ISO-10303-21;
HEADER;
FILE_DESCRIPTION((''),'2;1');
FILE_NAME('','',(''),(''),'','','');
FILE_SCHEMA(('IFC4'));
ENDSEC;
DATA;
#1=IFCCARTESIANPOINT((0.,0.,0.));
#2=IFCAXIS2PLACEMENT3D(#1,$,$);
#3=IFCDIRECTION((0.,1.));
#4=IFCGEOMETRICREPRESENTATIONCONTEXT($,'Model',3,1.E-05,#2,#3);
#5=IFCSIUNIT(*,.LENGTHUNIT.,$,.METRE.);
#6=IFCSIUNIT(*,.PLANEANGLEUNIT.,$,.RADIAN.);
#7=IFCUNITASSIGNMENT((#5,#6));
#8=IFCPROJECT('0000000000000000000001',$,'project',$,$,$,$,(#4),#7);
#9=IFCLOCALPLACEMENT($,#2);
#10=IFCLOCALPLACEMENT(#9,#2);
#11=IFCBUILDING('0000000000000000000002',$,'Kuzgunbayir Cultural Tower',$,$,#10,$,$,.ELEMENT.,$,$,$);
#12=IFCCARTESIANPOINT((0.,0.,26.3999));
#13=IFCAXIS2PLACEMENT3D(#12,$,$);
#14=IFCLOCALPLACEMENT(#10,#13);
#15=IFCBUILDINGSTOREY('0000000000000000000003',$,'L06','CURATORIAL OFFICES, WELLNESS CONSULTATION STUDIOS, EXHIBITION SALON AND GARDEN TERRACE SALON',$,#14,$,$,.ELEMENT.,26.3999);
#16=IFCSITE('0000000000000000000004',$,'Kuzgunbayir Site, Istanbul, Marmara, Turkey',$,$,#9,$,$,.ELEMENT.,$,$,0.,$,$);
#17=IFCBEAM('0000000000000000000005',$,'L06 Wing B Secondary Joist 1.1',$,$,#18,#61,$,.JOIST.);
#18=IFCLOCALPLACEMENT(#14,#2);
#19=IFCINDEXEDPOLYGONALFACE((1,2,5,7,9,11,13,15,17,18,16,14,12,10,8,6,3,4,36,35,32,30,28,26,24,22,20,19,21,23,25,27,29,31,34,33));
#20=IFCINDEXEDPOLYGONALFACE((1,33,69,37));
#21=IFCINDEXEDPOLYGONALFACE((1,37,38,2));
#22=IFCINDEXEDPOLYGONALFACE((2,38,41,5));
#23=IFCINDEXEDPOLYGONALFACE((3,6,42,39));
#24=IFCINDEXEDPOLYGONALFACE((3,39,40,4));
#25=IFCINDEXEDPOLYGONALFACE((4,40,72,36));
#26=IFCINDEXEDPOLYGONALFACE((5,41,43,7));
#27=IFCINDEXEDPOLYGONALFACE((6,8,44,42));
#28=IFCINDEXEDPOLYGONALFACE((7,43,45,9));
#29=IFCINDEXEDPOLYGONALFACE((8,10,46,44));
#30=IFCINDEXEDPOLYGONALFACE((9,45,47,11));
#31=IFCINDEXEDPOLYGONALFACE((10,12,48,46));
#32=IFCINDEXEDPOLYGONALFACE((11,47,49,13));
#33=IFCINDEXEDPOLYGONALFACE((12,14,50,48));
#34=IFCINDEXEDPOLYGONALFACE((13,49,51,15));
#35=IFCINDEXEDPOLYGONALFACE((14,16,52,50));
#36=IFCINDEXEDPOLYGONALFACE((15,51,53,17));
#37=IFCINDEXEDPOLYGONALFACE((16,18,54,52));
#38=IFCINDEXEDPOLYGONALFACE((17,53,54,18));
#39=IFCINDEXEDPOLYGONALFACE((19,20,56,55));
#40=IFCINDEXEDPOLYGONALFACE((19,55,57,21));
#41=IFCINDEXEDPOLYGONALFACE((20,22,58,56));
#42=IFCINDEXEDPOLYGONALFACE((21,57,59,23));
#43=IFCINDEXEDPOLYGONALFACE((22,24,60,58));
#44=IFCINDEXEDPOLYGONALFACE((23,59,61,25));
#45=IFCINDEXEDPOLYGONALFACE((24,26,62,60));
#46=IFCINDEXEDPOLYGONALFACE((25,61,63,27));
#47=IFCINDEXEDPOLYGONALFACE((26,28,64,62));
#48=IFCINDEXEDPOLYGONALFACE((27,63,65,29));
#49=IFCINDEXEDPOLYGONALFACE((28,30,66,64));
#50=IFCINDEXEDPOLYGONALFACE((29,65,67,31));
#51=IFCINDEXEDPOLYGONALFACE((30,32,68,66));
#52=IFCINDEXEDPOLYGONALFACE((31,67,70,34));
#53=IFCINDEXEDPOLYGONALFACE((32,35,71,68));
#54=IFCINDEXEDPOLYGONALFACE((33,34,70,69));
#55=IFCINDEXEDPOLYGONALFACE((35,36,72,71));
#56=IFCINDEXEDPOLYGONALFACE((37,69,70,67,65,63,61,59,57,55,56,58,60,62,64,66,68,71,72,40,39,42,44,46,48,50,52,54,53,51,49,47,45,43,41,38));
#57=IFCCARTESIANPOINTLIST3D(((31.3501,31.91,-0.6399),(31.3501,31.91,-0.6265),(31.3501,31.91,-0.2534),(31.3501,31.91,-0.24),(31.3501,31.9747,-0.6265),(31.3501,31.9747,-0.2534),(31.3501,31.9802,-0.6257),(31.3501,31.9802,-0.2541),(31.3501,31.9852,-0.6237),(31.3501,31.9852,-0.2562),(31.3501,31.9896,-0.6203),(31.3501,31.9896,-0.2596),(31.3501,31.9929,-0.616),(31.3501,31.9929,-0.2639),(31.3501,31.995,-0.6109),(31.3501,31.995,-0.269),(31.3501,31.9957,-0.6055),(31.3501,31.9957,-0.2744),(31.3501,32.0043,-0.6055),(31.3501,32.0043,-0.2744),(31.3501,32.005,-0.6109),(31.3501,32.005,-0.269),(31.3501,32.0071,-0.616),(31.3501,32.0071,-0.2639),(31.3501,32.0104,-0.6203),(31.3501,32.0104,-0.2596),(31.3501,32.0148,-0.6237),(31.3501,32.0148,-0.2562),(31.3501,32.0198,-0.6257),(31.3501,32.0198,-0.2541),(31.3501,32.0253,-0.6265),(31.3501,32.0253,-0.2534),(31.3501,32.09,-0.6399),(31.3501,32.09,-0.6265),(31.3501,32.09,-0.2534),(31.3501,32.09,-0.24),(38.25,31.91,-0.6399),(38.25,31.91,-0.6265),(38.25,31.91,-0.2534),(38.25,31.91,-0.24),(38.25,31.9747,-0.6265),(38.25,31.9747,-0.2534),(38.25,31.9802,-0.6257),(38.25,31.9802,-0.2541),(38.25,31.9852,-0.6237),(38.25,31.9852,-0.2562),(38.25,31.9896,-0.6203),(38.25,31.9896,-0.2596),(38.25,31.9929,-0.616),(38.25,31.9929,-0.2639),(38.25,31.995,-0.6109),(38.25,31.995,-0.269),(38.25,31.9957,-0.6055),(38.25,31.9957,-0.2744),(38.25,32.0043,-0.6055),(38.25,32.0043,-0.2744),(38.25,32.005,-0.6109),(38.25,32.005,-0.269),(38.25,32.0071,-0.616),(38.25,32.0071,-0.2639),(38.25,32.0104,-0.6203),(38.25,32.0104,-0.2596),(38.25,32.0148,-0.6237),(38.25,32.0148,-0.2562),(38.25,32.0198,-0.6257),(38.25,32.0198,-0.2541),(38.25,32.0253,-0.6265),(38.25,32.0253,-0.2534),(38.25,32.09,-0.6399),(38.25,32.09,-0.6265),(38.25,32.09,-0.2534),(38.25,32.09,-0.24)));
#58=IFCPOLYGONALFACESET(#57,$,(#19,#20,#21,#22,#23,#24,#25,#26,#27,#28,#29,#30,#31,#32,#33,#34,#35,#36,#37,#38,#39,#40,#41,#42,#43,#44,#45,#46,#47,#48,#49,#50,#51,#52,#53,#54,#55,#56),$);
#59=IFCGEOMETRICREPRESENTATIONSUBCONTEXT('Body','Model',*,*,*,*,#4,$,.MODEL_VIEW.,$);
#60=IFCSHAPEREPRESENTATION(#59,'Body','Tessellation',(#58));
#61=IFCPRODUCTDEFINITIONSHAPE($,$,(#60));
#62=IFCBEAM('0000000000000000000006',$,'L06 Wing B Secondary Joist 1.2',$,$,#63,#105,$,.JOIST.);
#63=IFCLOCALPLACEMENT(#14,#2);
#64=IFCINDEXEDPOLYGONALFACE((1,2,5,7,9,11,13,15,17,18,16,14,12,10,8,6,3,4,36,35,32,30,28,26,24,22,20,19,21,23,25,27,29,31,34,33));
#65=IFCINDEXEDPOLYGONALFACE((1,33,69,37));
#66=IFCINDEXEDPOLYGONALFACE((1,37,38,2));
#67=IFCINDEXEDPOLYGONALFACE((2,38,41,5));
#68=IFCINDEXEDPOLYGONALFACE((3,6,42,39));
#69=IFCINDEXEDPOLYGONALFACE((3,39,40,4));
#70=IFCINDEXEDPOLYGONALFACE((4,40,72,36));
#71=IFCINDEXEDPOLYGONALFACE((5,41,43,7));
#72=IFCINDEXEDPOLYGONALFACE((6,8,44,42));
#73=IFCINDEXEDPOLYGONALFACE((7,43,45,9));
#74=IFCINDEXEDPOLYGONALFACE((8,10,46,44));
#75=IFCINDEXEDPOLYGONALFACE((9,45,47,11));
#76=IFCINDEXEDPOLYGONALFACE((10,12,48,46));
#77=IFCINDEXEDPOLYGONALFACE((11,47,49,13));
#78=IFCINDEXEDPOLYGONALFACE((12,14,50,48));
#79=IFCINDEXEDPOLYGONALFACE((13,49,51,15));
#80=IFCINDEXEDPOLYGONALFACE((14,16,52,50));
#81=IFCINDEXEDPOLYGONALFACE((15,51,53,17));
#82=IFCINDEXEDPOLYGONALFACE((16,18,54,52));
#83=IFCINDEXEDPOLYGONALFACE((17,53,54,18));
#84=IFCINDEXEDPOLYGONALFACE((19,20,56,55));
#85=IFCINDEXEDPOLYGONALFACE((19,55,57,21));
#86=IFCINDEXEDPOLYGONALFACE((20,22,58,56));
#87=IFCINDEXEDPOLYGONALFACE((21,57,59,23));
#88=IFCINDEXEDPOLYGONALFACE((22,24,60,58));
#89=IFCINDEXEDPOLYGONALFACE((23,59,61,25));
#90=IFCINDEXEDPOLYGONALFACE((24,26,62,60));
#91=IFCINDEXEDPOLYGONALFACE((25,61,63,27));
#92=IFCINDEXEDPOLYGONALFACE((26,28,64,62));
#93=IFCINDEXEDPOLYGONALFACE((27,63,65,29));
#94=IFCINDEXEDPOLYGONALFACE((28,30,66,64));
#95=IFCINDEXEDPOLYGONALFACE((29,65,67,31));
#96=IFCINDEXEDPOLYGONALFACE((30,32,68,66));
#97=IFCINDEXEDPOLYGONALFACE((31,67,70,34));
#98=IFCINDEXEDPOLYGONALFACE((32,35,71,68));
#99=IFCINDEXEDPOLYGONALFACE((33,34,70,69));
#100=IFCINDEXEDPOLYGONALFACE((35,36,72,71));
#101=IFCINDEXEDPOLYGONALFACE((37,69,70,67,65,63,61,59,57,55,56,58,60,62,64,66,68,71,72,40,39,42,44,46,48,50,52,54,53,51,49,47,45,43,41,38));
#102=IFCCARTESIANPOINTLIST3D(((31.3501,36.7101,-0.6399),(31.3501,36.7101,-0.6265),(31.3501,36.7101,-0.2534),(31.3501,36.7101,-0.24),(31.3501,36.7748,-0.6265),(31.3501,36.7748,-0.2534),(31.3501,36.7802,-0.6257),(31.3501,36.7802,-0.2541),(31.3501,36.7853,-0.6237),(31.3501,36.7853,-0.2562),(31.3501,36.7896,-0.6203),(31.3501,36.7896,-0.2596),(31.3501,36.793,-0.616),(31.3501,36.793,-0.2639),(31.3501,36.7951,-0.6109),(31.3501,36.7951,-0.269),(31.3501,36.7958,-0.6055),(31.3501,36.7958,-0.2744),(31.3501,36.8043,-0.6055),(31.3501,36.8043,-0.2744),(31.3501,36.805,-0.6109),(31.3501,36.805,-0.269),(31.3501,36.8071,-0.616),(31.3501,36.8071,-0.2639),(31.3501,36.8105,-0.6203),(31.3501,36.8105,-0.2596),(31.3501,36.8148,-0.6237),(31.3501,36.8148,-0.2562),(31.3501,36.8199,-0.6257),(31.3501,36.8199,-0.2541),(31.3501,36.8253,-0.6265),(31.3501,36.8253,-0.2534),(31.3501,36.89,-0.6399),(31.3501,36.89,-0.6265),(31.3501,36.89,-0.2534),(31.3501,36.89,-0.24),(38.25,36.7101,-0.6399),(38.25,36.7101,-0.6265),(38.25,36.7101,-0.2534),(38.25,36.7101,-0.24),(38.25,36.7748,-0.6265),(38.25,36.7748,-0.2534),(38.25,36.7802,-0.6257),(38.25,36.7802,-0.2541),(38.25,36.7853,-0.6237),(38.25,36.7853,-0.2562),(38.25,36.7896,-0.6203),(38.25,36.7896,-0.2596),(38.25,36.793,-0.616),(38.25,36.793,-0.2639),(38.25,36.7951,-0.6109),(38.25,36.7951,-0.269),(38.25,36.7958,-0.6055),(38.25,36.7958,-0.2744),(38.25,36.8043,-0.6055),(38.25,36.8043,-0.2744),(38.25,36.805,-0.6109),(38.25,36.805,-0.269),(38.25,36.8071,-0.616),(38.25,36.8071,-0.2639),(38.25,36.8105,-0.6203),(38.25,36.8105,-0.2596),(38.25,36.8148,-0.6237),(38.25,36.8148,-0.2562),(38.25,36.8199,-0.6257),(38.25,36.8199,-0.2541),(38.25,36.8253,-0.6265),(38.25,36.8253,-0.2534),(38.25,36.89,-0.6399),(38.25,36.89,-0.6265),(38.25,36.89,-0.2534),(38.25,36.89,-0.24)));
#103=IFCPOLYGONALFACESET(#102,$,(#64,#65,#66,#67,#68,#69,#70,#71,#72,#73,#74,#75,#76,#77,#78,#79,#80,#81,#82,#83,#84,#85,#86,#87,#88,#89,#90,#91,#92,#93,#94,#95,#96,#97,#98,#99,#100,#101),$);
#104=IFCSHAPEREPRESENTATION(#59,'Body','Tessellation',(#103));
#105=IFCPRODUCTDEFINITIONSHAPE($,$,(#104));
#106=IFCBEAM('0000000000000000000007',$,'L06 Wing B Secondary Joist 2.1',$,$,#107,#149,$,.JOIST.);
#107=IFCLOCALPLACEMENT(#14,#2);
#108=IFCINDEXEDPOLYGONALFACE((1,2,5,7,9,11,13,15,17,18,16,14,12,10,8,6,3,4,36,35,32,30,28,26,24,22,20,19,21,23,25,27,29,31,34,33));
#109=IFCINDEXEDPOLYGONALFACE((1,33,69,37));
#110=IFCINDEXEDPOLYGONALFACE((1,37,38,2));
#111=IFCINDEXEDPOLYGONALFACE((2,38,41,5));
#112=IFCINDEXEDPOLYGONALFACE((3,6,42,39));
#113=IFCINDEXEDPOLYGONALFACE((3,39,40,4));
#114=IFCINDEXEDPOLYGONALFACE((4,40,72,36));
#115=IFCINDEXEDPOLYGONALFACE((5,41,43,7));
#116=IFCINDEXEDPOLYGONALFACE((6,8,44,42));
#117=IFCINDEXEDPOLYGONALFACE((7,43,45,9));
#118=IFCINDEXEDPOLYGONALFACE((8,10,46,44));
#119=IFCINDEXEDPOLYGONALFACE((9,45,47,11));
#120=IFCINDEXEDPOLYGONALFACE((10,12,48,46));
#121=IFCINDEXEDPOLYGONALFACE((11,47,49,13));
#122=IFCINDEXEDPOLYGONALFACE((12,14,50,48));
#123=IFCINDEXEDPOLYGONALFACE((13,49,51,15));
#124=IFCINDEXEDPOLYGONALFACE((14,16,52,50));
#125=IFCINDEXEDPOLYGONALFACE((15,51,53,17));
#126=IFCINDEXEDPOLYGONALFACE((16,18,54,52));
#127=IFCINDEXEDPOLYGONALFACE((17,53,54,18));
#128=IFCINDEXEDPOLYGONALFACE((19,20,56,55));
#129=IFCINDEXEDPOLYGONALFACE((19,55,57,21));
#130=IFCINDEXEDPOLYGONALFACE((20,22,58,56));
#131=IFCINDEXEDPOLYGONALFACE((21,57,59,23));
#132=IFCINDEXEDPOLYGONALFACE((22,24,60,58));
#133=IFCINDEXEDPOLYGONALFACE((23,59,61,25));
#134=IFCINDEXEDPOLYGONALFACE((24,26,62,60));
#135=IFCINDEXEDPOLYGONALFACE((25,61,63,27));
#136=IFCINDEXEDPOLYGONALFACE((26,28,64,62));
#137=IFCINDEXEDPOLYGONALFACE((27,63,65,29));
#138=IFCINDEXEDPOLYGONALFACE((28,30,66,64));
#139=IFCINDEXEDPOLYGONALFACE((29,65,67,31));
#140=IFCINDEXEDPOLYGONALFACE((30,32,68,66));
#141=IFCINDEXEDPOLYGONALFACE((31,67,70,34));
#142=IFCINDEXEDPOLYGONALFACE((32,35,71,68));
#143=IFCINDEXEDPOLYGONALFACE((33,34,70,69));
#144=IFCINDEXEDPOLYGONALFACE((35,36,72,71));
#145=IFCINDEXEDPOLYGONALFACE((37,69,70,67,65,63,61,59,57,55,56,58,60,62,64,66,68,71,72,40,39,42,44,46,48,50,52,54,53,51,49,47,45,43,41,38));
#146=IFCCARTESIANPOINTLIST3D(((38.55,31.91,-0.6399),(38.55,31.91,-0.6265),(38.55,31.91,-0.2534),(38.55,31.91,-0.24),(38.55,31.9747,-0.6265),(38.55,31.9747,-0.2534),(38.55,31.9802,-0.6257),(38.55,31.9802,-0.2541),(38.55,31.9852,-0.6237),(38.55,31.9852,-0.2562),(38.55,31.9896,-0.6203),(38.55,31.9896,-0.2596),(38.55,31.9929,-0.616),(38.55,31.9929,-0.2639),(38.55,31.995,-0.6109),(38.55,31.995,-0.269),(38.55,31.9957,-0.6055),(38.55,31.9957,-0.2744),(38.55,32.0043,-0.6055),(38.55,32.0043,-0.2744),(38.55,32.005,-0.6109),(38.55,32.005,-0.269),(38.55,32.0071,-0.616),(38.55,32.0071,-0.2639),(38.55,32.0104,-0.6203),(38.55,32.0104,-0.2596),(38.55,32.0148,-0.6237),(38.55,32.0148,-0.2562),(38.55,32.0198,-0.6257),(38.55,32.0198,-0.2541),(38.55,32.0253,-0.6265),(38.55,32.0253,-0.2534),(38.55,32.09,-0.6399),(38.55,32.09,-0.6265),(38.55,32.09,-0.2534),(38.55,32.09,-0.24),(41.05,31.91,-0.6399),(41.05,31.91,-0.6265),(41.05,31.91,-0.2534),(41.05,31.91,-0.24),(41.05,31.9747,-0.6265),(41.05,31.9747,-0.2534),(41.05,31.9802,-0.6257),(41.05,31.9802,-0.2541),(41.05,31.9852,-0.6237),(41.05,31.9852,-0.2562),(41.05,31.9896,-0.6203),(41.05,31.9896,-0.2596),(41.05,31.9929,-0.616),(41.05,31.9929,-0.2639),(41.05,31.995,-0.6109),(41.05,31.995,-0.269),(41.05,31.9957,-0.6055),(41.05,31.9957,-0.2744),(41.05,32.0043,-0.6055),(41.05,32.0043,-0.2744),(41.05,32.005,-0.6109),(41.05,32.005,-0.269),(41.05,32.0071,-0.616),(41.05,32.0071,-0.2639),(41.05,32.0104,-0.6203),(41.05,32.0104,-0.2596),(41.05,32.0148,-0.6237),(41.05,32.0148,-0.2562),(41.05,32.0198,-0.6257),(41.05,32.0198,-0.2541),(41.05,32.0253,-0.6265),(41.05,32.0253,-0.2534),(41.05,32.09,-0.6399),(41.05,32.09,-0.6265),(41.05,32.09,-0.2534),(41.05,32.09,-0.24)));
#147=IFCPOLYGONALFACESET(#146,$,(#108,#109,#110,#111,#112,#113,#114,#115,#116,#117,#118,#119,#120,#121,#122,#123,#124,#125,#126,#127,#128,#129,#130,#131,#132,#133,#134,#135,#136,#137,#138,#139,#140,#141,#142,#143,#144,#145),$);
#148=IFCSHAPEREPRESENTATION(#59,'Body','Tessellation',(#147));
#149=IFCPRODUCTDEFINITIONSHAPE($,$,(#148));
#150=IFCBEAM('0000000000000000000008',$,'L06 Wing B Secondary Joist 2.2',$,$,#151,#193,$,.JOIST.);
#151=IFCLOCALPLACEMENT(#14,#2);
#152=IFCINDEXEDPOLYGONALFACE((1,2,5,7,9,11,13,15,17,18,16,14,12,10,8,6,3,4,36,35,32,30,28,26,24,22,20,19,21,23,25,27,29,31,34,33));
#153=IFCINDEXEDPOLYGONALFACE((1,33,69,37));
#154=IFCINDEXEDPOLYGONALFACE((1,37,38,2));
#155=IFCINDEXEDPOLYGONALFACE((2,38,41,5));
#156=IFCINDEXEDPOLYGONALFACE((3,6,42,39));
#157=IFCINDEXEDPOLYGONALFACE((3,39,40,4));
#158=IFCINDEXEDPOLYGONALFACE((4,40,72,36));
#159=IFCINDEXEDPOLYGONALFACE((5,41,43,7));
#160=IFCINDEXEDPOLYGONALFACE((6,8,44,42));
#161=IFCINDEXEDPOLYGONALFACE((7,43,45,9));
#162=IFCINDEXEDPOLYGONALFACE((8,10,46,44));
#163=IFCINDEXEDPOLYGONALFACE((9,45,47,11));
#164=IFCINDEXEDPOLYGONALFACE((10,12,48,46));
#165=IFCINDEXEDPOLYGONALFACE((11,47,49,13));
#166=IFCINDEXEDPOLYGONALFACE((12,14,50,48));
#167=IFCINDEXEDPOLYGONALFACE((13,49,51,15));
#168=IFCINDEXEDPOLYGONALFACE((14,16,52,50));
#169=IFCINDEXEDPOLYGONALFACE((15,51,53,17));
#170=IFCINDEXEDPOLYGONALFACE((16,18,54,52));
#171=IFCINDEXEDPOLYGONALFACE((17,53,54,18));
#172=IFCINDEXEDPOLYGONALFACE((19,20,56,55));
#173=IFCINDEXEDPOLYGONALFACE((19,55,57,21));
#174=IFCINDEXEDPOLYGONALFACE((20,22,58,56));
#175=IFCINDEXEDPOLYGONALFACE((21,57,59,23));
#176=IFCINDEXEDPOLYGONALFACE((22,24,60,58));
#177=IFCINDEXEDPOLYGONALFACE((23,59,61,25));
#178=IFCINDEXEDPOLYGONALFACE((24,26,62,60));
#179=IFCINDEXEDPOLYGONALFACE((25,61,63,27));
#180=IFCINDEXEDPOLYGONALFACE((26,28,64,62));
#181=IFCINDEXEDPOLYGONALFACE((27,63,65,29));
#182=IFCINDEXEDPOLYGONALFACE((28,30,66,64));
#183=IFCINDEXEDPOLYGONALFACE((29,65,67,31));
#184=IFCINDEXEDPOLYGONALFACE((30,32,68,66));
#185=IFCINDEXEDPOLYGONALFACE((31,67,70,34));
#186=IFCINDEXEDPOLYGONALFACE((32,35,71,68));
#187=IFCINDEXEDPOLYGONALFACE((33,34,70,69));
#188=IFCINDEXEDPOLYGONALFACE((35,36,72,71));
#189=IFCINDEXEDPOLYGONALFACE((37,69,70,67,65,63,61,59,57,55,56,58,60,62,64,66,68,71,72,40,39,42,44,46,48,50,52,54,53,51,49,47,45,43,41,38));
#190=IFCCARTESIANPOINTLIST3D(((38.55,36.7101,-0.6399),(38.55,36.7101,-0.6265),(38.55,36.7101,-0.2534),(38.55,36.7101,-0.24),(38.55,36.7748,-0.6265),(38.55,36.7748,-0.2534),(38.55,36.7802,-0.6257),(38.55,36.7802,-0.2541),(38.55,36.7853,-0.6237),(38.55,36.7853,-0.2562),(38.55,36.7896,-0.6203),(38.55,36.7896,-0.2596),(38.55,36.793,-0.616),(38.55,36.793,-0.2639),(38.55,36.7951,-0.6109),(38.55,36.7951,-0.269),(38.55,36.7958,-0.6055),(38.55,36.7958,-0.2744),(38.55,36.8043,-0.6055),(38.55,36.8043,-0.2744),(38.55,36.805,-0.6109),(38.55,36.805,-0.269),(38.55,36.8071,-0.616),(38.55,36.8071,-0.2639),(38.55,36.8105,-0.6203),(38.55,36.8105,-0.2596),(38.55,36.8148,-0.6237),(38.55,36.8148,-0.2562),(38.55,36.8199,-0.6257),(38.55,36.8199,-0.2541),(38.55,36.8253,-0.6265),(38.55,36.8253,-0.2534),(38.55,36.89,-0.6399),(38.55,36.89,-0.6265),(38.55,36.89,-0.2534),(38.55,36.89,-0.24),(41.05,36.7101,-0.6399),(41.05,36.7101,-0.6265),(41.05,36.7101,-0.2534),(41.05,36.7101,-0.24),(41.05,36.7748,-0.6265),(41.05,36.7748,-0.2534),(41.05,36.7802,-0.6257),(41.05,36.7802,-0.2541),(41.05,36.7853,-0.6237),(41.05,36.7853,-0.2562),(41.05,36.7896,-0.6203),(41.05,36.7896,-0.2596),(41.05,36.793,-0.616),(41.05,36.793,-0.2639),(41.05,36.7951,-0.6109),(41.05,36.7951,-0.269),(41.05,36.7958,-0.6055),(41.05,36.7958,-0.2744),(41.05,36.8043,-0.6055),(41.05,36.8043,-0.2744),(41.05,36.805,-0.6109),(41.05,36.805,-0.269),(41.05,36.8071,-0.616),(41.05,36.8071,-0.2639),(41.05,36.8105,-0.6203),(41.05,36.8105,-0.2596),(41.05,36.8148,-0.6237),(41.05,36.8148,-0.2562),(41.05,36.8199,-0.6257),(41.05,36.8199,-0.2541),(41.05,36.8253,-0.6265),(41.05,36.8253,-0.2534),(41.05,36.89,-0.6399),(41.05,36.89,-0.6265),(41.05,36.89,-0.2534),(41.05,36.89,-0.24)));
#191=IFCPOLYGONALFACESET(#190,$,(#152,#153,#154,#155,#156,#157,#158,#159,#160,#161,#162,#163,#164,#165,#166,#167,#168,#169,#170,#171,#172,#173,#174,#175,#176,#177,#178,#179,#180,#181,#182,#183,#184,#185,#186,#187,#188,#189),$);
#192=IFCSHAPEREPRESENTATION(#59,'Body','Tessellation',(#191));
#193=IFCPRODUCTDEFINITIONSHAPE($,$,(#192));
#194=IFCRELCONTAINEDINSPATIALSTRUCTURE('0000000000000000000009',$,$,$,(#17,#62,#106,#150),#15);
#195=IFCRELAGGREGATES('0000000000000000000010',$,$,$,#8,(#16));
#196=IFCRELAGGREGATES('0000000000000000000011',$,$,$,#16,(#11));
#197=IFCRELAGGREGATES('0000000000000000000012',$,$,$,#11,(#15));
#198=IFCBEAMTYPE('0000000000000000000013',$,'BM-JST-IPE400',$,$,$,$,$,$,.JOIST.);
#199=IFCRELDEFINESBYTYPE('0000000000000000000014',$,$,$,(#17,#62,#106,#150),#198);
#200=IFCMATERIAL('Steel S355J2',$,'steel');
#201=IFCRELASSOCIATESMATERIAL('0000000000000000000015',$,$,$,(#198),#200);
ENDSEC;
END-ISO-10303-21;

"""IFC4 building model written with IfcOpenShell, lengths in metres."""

from ifc_helpers import new_model, si_unit, direction, frame, origin, origin_2d, place, context, subcontext, project, spatial, i_section, extrude, material, material_profile, profile_set, type_object, element, save


model = new_model("IFC4")

# Units and contexts
model_context = context("Model", 3, precision=1e-05, world=origin(), true_north=direction((0.0, 1.0)))
body_context = subcontext(model_context, "Body", "Model", "MODEL_VIEW")
ifc_project = project(units=[si_unit("LENGTHUNIT", "METRE"), si_unit("PLANEANGLEUNIT", "RADIAN")], contexts=[model_context])

# Site, building, storey
site_placement = place(None, origin())
site = spatial("IfcSite", under=ifc_project, at=site_placement, Name="Kuzgunbayir Site, Istanbul, Marmara, Turkey", CompositionType="ELEMENT", RefElevation=0.0)
building_placement = place(site_placement, origin())
building = spatial("IfcBuilding", under=site, at=building_placement, Name="Kuzgunbayir Cultural Tower", CompositionType="ELEMENT")
storey_placement = place(building_placement, frame((0.0, 0.0, 26.3999)))
storey = spatial("IfcBuildingStorey", under=building, at=storey_placement, Name="L06", Description="CURATORIAL OFFICES, WELLNESS CONSULTATION STUDIOS, EXHIBITION SALON AND GARDEN TERRACE SALON", CompositionType="ELEMENT", Elevation=26.3999)

# Beams
ifc_material_1 = material(Name="Steel S355J2", Category="steel")
ifc_material_profile_1 = material_profile(ifc_material_1, i_section(OverallWidth=0.1799, OverallDepth=0.3999, WebThickness=0.0085, FlangeThickness=0.0134, FilletRadius=0.021, at=origin_2d()), Name="IPE 400")
ifc_profile_set_1 = profile_set([ifc_material_profile_1], Name="Steel S355J2")
beam_type_1 = type_object("IfcBeamType", Name="BM-JST-IPE400", PredefinedType="JOIST", material=ifc_profile_set_1)
for number, where, z_axis, x_axis, name in (
    (1, (31.3501, 32.0, -0.4399), (1.0, 0.0, 0.0), (0.0, 1.0, 0.0), "L06 Wing B Secondary Joist 1.1"),
    (2, (31.3501, 36.8, -0.4399), (1.0, 0.0, 0.0), (0.0, 1.0, 0.0), "L06 Wing B Secondary Joist 1.2"),
):
    element("IfcBeam", number, at=place(storey_placement, frame(where, z_axis=z_axis, x_axis=x_axis)), inside=storey, type_object=beam_type_1, Name=name, PredefinedType="JOIST", context=body_context, shape_type="SweptSolid", body=[
        extrude(i_section(OverallWidth=0.1799, OverallDepth=0.3999, WebThickness=0.0085, FlangeThickness=0.0134, FilletRadius=0.021, at=origin_2d()), origin(), (0.0, 0.0, 1.0), 6.8999),
    ])
for number, where, z_axis, x_axis, name in (
    (3, (38.55, 32.0, -0.4399), (1.0, 0.0, 0.0), (0.0, 1.0, 0.0), "L06 Wing B Secondary Joist 2.1"),
    (4, (38.55, 36.8, -0.4399), (1.0, 0.0, 0.0), (0.0, 1.0, 0.0), "L06 Wing B Secondary Joist 2.2"),
):
    element("IfcBeam", number, at=place(storey_placement, frame(where, z_axis=z_axis, x_axis=x_axis)), inside=storey, type_object=beam_type_1, Name=name, PredefinedType="JOIST", context=body_context, shape_type="SweptSolid", body=[
        extrude(i_section(OverallWidth=0.1799, OverallDepth=0.3999, WebThickness=0.0085, FlangeThickness=0.0134, FilletRadius=0.021, at=origin_2d()), origin(), (0.0, 0.0, 1.0), 2.5),
    ])

save(model, "model.ifc")
